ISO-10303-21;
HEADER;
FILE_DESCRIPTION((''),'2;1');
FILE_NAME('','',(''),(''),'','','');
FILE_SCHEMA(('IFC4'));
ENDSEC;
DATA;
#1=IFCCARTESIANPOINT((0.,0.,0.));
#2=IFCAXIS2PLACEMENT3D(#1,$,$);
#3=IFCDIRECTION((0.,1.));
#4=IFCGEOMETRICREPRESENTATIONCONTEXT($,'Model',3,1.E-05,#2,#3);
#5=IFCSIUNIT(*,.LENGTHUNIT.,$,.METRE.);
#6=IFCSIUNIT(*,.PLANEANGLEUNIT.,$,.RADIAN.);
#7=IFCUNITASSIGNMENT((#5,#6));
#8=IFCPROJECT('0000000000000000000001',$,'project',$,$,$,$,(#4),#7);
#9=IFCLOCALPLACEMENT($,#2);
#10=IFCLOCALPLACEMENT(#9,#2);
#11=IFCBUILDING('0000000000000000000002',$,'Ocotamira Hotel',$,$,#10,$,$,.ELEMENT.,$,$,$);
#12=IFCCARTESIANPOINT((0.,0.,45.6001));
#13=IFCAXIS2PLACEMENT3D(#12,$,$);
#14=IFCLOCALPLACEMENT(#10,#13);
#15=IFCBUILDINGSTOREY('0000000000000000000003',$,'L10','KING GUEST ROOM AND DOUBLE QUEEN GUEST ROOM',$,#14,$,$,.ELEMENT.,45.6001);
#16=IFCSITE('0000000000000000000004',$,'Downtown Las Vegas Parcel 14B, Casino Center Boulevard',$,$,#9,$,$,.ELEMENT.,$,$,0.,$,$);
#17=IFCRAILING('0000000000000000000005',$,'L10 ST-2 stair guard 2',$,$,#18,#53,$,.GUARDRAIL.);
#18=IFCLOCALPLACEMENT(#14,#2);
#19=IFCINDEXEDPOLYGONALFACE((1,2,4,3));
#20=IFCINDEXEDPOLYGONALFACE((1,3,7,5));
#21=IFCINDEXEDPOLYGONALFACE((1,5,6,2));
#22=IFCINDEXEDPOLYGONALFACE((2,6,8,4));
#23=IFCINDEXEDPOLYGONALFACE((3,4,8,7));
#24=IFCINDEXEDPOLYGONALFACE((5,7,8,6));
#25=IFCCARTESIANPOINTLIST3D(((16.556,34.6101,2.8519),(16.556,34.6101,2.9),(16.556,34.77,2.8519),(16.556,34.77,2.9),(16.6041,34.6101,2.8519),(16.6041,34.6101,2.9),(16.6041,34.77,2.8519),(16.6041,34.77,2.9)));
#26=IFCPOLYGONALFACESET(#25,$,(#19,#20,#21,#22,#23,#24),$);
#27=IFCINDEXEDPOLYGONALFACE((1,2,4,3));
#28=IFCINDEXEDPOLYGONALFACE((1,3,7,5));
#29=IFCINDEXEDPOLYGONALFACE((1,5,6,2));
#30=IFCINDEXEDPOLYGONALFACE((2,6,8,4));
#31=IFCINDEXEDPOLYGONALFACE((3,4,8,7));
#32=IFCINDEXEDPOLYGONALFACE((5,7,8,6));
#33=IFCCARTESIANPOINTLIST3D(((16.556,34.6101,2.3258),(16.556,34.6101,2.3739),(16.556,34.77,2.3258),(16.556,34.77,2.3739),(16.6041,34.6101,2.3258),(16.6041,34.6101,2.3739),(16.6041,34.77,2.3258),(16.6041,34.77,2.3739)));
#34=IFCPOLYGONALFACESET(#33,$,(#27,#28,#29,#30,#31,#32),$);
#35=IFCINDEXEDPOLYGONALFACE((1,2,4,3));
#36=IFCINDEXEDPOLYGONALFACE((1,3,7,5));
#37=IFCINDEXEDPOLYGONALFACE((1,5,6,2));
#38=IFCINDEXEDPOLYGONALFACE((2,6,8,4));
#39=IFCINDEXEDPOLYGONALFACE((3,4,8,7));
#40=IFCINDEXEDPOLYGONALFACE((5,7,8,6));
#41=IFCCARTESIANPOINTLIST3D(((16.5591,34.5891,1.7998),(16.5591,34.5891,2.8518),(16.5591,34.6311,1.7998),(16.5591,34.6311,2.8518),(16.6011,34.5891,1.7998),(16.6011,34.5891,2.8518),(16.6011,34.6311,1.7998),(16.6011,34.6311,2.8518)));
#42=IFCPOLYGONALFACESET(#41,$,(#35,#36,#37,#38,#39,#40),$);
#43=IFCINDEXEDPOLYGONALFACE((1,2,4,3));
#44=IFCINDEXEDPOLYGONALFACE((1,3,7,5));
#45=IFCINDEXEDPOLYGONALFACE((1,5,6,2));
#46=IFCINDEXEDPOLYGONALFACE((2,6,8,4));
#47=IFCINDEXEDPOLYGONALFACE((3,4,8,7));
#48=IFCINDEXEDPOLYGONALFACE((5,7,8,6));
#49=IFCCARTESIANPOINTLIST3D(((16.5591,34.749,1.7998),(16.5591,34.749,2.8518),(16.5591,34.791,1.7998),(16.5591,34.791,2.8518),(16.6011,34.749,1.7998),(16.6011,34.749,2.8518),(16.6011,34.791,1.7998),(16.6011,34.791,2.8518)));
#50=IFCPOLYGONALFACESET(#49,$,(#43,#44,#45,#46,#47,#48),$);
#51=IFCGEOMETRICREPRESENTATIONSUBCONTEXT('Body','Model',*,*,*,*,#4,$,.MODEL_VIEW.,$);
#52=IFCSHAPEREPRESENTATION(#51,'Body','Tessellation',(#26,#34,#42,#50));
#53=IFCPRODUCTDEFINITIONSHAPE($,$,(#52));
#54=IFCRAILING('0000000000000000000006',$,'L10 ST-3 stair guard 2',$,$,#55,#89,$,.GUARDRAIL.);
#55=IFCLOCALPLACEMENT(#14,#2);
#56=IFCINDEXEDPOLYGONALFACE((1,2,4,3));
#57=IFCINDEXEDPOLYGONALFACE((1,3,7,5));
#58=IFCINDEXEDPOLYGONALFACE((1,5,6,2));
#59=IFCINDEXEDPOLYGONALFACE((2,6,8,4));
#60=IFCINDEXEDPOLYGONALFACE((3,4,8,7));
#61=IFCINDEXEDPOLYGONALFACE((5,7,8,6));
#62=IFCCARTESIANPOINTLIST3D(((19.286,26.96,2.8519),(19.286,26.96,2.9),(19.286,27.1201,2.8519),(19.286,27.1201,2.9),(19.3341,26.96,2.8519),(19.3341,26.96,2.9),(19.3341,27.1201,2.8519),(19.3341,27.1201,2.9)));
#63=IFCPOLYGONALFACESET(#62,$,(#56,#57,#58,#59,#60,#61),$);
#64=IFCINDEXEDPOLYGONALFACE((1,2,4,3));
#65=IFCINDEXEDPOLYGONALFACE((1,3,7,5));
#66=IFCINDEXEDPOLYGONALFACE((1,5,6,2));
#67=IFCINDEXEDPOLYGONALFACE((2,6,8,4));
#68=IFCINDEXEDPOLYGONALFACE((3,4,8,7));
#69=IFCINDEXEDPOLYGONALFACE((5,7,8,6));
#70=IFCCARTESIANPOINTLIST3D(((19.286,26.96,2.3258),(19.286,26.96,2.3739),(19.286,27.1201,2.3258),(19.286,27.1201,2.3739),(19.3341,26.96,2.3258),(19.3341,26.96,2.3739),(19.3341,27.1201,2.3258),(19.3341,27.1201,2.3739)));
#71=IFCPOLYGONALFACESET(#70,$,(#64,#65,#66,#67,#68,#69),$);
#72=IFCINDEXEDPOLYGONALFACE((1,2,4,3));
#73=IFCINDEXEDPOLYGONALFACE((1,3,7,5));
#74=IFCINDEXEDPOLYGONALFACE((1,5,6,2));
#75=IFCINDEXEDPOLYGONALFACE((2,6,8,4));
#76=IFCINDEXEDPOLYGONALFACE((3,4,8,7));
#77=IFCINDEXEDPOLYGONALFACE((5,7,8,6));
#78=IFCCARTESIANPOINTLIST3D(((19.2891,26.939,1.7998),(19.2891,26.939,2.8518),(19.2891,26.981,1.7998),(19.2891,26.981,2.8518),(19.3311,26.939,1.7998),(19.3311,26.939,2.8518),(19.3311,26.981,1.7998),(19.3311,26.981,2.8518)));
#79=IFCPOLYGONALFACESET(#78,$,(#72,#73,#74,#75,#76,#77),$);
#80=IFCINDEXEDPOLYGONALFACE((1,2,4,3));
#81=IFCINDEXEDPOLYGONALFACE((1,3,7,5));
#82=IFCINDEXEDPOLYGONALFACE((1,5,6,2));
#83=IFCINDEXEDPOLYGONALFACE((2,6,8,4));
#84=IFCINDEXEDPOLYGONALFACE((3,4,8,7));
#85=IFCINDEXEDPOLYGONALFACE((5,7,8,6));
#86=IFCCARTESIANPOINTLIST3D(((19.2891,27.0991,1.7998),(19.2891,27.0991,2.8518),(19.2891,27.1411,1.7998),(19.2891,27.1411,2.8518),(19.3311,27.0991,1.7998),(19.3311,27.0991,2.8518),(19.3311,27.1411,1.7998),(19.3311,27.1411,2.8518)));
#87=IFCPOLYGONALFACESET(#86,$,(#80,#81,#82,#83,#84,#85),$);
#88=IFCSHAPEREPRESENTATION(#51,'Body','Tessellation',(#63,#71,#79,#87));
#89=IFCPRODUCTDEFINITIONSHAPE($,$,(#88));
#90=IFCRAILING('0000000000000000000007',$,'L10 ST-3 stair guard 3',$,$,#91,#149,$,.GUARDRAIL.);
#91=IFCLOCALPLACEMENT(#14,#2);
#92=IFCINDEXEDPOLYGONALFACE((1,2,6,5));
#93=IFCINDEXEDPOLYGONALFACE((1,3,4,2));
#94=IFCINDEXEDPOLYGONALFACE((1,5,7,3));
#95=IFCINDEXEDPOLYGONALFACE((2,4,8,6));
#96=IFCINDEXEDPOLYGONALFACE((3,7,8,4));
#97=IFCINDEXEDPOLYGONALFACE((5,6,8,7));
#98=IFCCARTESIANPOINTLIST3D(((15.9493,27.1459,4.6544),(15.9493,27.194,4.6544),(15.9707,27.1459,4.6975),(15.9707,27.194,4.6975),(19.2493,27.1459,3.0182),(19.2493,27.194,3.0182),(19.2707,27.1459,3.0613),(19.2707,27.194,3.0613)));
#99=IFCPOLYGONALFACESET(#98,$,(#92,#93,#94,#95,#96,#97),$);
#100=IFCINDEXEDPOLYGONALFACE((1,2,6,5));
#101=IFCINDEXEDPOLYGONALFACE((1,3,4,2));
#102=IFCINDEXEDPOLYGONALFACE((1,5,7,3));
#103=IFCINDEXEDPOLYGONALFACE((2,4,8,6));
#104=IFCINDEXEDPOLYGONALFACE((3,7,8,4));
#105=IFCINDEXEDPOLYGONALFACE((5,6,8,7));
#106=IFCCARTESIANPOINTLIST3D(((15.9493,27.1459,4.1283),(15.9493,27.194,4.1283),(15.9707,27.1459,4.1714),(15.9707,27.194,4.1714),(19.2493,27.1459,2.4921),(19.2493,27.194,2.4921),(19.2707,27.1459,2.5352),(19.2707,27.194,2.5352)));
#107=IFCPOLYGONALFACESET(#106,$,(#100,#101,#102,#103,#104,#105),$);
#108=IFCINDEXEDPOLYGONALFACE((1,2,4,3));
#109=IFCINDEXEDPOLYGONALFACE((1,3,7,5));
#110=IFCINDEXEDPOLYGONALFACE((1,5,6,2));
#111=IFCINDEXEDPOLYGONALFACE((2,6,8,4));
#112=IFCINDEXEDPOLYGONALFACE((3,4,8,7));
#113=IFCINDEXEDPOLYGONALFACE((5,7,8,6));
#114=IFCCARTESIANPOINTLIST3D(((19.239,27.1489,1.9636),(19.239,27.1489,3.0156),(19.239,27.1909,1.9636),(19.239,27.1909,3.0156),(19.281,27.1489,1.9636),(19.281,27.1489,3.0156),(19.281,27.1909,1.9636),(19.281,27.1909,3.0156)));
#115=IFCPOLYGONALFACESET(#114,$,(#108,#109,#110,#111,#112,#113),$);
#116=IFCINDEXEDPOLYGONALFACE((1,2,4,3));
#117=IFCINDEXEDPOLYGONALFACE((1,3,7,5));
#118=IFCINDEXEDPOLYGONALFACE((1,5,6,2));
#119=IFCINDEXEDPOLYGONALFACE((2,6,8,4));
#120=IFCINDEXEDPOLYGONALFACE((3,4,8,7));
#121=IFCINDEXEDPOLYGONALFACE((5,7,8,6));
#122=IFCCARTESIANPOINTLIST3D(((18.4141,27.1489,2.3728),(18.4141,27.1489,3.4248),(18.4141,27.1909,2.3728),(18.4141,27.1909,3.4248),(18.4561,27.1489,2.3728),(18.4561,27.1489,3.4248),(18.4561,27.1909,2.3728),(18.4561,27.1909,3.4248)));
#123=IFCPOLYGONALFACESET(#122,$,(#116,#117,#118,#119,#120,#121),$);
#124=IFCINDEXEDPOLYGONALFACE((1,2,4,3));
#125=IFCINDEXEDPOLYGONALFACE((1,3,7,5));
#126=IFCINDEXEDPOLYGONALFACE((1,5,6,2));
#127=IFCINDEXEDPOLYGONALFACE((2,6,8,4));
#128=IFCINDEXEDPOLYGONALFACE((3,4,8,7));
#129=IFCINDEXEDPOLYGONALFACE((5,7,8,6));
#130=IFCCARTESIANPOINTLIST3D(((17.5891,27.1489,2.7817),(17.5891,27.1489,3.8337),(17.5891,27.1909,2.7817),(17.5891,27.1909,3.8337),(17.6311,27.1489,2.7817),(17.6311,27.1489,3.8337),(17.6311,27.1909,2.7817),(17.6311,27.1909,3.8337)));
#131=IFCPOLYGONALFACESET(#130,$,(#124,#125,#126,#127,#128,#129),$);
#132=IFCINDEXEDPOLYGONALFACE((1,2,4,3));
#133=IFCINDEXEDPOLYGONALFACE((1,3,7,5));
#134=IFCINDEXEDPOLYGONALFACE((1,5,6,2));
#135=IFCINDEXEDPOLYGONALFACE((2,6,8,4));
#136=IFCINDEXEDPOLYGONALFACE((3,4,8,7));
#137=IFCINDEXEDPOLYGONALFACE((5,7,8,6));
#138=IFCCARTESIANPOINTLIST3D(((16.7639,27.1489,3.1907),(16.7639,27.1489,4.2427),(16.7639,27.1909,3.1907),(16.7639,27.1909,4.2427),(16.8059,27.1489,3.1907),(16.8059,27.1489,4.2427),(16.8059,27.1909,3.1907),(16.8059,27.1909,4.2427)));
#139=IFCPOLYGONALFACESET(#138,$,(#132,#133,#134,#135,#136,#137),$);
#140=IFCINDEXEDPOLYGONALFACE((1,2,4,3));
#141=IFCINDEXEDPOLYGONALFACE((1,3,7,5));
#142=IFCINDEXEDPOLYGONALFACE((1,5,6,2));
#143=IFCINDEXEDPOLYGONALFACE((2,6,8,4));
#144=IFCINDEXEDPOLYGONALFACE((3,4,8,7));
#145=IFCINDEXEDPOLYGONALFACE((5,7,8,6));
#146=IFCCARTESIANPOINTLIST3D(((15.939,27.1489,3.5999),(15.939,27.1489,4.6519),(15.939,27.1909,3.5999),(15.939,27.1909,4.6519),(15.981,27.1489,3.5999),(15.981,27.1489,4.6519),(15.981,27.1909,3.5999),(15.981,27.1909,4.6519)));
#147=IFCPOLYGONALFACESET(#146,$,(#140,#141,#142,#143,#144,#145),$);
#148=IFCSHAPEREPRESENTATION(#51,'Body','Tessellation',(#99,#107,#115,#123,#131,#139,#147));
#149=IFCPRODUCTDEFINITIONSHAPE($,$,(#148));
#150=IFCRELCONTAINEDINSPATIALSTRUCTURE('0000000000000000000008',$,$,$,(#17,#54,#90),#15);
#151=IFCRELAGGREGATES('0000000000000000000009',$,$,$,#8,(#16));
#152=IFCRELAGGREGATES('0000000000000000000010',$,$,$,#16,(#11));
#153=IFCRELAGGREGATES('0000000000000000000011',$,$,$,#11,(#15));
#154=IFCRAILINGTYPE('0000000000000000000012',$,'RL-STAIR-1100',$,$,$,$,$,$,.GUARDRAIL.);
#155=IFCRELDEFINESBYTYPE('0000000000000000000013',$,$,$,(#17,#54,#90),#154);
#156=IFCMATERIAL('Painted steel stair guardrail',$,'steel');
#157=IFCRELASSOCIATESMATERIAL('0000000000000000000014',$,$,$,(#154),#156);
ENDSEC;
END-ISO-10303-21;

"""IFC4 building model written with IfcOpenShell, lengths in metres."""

from ifc_helpers import new_model, si_unit, direction, frame, origin, origin_2d, place, context, subcontext, project, spatial, rectangle, extrude, material, type_object, element, save


model = new_model("IFC4")

# Units and contexts
model_context = context("Model", 3, precision=1e-05, world=origin(), true_north=direction((0.0, 1.0)))
body_context = subcontext(model_context, "Body", "Model", "MODEL_VIEW")
ifc_project = project(units=[si_unit("LENGTHUNIT", "METRE"), si_unit("PLANEANGLEUNIT", "RADIAN")], contexts=[model_context])

# Site, building, storey
site_placement = place(None, origin())
site = spatial("IfcSite", under=ifc_project, at=site_placement, Name="Downtown Las Vegas Parcel 14B, Casino Center Boulevard", CompositionType="ELEMENT", RefElevation=0.0)
building_placement = place(site_placement, origin())
building = spatial("IfcBuilding", under=site, at=building_placement, Name="Ocotamira Hotel", CompositionType="ELEMENT")
storey_placement = place(building_placement, frame((0.0, 0.0, 45.6001)))
storey = spatial("IfcBuildingStorey", under=building, at=storey_placement, Name="L10", Description="KING GUEST ROOM AND DOUBLE QUEEN GUEST ROOM", CompositionType="ELEMENT", Elevation=45.6001)

# Railings
ifc_material_1 = material(Name="Painted steel stair guardrail", Category="steel")
railing_type_1 = type_object("IfcRailingType", Name="RL-STAIR-1100", PredefinedType="GUARDRAIL", material=ifc_material_1)
railing_1_placement = place(storey_placement, frame((16.5801, 34.6101, 1.7998)))
element("IfcRailing", 1, at=railing_1_placement, inside=storey, type_object=railing_type_1, Name="L10 ST-2 stair guard 2", PredefinedType="GUARDRAIL", context=body_context, shape_type="SweptSolid", body=[
    extrude(rectangle(XDim=0.0481, YDim=0.0481, at=origin_2d()), frame((0.0, 0.0, 1.0762), z_axis=(0.0, 1.0, 0.0), x_axis=(-1.0, 0.0, 0.0)), (0.0, 0.0, 1.0), 0.1599),
    extrude(rectangle(XDim=0.0481, YDim=0.0481, at=origin_2d()), frame((0.0, 0.0, 0.55), z_axis=(0.0, 1.0, 0.0), x_axis=(-1.0, 0.0, 0.0)), (0.0, 0.0, 1.0), 0.1599),
    extrude(rectangle(XDim=0.042, YDim=0.042, at=origin_2d()), origin(), (0.0, 0.0, 1.0), 1.052),
    extrude(rectangle(XDim=0.042, YDim=0.042, at=origin_2d()), frame((0.0, 0.1599, 0.0)), (0.0, 0.0, 1.0), 1.052),
])
railing_2_placement = place(storey_placement, frame((19.3101, 26.96, 1.7998)))
element("IfcRailing", 2, at=railing_2_placement, inside=storey, type_object=railing_type_1, Name="L10 ST-3 stair guard 2", PredefinedType="GUARDRAIL", context=body_context, shape_type="SweptSolid", body=[
    extrude(rectangle(XDim=0.0481, YDim=0.0481, at=origin_2d()), frame((0.0, 0.0, 1.0762), z_axis=(0.0, 1.0, 0.0), x_axis=(-1.0, 0.0, 0.0)), (0.0, 0.0, 1.0), 0.1602),
    extrude(rectangle(XDim=0.0481, YDim=0.0481, at=origin_2d()), frame((0.0, 0.0, 0.55), z_axis=(0.0, 1.0, 0.0), x_axis=(-1.0, 0.0, 0.0)), (0.0, 0.0, 1.0), 0.1602),
    extrude(rectangle(XDim=0.042, YDim=0.042, at=origin_2d()), origin(), (0.0, 0.0, 1.0), 1.052),
    extrude(rectangle(XDim=0.042, YDim=0.042, at=origin_2d()), frame((0.0, 0.1602, 0.0)), (0.0, 0.0, 1.0), 1.052),
])
railing_3_placement = place(storey_placement, frame((19.26, 27.1699, 1.9636)))
element("IfcRailing", 3, at=railing_3_placement, inside=storey, type_object=railing_type_1, Name="L10 ST-3 stair guard 3", PredefinedType="GUARDRAIL", context=body_context, shape_type="SweptSolid", body=[
    extrude(rectangle(XDim=0.0481, YDim=0.0481, at=origin_2d()), frame((0.0, 0.0, 1.0762), z_axis=(-0.89592, 0.0, 0.444215), x_axis=(0.0, -1.0, 0.0)), (0.0, 0.0, 1.0), 3.6833),
    extrude(rectangle(XDim=0.0481, YDim=0.0481, at=origin_2d()), frame((0.0, 0.0, 0.55), z_axis=(-0.89592, 0.0, 0.444215), x_axis=(0.0, -1.0, 0.0)), (0.0, 0.0, 1.0), 3.6833),
    extrude(rectangle(XDim=0.042, YDim=0.042, at=origin_2d()), origin(), (0.0, 0.0, 1.0), 1.052),
    extrude(rectangle(XDim=0.042, YDim=0.042, at=origin_2d()), frame((-0.825, 0.0, 0.4092)), (0.0, 0.0, 1.0), 1.052),
    extrude(rectangle(XDim=0.042, YDim=0.042, at=origin_2d()), frame((-1.6499, 0.0, 0.8181)), (0.0, 0.0, 1.0), 1.052),
    extrude(rectangle(XDim=0.042, YDim=0.042, at=origin_2d()), frame((-2.4751, 0.0, 1.2271)), (0.0, 0.0, 1.0), 1.052),
    extrude(rectangle(XDim=0.042, YDim=0.042, at=origin_2d()), frame((-3.3, 0.0, 1.6362)), (0.0, 0.0, 1.0), 1.052),
])

save(model, "model.ifc")
